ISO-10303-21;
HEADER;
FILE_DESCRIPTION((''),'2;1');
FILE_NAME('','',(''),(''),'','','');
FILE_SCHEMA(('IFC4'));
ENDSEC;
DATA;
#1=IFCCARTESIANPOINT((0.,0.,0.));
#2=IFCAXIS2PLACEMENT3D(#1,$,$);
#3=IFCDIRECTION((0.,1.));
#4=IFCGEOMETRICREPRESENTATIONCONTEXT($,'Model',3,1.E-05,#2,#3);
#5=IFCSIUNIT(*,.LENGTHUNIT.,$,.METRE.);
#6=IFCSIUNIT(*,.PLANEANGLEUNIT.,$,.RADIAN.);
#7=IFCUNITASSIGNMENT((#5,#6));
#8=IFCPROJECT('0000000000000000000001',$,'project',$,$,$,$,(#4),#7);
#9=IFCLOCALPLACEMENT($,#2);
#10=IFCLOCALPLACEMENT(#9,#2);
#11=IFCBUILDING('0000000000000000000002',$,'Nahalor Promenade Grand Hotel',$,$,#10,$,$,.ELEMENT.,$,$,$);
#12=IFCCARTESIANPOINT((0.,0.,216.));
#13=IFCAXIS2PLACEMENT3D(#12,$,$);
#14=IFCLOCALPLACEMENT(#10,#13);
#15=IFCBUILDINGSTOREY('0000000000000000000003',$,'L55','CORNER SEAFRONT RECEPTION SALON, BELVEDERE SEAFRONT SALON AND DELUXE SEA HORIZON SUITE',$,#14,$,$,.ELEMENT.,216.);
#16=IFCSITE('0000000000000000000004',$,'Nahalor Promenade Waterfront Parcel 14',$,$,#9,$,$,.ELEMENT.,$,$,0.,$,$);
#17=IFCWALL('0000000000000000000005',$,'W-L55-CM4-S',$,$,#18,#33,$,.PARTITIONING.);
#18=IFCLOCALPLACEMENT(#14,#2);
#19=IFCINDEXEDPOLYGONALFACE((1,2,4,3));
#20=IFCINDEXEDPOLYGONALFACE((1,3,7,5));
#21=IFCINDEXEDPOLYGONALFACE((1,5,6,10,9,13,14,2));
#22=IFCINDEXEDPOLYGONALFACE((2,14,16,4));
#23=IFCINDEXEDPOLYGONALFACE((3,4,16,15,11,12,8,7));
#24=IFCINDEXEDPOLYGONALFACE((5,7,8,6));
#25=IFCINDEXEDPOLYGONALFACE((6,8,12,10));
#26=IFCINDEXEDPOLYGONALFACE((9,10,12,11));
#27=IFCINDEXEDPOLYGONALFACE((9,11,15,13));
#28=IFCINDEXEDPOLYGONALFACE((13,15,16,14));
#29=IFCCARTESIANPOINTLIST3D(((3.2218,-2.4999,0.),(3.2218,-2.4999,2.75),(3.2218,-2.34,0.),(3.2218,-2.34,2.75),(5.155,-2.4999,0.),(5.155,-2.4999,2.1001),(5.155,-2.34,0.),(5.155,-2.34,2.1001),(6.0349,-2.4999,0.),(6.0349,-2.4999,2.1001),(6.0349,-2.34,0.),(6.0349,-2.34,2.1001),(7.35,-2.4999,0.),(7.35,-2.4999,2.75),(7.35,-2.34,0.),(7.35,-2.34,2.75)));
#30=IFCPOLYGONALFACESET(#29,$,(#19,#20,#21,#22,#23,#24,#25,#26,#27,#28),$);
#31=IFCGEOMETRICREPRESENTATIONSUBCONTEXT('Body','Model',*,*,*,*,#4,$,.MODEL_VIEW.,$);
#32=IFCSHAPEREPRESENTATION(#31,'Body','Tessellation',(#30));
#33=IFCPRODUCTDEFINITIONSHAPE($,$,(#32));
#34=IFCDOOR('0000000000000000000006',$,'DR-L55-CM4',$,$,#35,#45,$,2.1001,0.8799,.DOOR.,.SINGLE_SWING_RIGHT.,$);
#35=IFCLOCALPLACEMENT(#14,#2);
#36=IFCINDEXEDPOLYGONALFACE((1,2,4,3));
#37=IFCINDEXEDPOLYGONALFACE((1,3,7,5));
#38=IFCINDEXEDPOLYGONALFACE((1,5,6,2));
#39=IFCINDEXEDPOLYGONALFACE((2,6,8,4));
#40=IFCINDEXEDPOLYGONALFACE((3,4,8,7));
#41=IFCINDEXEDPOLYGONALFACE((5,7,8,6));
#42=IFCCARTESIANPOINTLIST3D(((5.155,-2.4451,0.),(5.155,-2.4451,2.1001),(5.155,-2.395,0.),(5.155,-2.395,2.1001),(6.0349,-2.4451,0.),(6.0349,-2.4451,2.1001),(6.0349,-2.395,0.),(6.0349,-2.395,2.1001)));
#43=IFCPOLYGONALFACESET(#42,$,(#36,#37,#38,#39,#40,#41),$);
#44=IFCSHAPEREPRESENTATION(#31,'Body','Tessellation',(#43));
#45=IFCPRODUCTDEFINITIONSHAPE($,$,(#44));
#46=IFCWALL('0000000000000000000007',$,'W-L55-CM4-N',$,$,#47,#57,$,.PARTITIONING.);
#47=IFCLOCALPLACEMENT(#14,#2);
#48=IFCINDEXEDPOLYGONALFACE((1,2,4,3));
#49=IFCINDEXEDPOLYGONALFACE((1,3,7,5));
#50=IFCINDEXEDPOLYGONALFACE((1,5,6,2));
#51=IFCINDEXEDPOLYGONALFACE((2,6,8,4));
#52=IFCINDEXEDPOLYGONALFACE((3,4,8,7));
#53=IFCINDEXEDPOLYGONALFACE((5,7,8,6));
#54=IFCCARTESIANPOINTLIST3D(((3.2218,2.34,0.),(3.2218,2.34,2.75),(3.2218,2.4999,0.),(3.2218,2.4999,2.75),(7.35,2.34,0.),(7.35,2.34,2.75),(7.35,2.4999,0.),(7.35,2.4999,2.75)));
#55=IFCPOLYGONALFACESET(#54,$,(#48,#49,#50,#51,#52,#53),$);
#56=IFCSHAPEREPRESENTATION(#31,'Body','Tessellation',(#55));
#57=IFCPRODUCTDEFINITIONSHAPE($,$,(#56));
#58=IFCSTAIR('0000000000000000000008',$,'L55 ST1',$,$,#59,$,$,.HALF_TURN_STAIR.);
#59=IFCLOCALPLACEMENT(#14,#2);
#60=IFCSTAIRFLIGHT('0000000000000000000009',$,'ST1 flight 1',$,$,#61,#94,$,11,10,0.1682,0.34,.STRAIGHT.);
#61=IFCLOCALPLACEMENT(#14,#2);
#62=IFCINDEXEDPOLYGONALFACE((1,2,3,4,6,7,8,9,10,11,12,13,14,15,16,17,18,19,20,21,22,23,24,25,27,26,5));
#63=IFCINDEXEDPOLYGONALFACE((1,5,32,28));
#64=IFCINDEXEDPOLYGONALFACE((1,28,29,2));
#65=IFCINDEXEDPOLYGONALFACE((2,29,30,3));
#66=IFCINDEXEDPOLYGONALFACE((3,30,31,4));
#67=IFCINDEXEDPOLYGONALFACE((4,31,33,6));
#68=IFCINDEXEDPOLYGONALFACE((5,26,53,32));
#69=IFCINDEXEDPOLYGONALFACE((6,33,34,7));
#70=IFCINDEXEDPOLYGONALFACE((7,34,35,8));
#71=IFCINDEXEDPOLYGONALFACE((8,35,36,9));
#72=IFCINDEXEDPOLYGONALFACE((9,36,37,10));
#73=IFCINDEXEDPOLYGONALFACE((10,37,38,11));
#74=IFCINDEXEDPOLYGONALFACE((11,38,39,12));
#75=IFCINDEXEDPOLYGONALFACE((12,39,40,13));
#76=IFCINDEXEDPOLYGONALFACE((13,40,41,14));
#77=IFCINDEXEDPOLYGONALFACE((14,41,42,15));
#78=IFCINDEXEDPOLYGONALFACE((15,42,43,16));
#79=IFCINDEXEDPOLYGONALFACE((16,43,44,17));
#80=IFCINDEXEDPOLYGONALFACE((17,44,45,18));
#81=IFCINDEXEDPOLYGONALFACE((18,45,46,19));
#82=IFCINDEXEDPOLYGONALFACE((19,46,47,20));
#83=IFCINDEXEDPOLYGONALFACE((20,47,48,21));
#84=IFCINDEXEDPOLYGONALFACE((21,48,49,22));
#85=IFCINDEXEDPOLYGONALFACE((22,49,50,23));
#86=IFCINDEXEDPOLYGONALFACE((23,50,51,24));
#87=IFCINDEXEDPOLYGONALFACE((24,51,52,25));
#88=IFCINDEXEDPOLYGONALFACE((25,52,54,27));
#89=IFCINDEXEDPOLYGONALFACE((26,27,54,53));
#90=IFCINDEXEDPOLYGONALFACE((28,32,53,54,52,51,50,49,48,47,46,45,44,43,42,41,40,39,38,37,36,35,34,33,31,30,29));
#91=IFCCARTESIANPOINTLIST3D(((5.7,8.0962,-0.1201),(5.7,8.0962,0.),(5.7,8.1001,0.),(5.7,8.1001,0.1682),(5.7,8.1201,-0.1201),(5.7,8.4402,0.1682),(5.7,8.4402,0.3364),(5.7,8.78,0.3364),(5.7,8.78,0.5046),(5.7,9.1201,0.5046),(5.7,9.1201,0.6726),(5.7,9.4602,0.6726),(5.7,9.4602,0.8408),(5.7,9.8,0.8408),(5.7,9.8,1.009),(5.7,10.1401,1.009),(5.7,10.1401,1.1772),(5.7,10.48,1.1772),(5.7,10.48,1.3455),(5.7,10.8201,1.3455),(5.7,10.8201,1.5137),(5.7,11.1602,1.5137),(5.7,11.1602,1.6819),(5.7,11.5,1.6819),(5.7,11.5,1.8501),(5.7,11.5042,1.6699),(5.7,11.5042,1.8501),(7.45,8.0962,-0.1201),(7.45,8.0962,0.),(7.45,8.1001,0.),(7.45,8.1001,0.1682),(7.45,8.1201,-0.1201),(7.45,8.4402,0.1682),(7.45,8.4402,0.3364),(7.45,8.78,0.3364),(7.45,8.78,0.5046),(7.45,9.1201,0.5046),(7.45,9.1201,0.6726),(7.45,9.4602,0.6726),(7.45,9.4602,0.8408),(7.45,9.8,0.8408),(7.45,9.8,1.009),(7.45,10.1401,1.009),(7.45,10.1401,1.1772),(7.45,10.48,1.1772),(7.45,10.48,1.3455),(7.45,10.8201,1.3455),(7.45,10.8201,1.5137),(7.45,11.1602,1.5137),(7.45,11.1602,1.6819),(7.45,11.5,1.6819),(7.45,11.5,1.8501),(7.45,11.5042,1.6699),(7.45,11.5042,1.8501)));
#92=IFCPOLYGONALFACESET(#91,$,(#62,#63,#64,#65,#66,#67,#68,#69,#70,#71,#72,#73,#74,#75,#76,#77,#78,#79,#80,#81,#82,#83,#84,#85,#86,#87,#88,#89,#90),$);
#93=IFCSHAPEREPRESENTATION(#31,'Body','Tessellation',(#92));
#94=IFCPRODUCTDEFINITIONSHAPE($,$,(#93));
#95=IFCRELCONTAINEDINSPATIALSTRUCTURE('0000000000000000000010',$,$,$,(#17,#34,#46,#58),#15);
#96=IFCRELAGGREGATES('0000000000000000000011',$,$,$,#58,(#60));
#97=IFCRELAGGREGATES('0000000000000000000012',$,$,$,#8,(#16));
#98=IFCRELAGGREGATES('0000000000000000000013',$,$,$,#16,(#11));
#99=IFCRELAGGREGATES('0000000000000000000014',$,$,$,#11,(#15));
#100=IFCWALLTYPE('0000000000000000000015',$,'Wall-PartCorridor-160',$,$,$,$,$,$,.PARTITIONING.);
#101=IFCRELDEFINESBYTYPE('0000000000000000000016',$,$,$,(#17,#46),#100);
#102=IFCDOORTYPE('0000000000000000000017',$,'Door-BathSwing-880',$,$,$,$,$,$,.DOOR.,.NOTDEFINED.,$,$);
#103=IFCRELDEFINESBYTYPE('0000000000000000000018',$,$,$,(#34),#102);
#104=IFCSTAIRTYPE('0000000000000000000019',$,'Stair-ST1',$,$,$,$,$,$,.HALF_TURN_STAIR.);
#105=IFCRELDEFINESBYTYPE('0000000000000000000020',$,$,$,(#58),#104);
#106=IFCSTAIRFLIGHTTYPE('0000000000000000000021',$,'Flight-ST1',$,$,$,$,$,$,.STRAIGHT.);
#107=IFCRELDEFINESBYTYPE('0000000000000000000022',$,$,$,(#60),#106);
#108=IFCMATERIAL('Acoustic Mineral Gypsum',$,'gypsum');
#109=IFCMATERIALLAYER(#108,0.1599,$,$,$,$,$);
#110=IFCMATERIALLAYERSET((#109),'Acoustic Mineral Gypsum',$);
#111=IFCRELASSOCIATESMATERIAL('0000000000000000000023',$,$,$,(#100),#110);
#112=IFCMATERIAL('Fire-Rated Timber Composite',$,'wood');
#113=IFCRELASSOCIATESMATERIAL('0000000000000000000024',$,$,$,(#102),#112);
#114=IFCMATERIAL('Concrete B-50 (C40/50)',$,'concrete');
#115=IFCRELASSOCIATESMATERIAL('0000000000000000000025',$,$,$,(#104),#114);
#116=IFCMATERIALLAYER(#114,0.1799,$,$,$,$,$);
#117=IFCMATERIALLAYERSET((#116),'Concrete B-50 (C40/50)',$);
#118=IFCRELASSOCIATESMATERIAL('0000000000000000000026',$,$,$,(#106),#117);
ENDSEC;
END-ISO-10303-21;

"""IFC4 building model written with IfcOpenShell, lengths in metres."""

from ifc_helpers import new_model, si_unit, direction, frame, frame_2d, origin, place, context, subcontext, project, spatial, polyline, rectangle, outline, extrude, source, transform, mapped, material, layer, layer_set, type_object, element, fill, aggregate, save


model = new_model("IFC4")

# Units and contexts
model_context = context("Model", 3, precision=1e-05, world=origin(), true_north=direction((0.0, 1.0)))
body_context = subcontext(model_context, "Body", "Model", "MODEL_VIEW")
ifc_project = project(units=[si_unit("LENGTHUNIT", "METRE"), si_unit("PLANEANGLEUNIT", "RADIAN")], contexts=[model_context])

# Site, building, storey
site_placement = place(None, origin())
site = spatial("IfcSite", under=ifc_project, at=site_placement, Name="Nahalor Promenade Waterfront Parcel 14", CompositionType="ELEMENT", RefElevation=0.0)
building_placement = place(site_placement, origin())
building = spatial("IfcBuilding", under=site, at=building_placement, Name="Nahalor Promenade Grand Hotel", CompositionType="ELEMENT")
storey_placement = place(building_placement, frame((0.0, 0.0, 216.0)))
storey = spatial("IfcBuildingStorey", under=building, at=storey_placement, Name="L55", Description="CORNER SEAFRONT RECEPTION SALON, BELVEDERE SEAFRONT SALON AND DELUXE SEA HORIZON SUITE", CompositionType="ELEMENT", Elevation=216.0)

# Shared definitions
ifc_material_1 = material(Name="Concrete B-50 (C40/50)", Category="concrete")

# Shared definitions
ifc_material_2 = material(Name="Acoustic Mineral Gypsum", Category="gypsum")
ifc_layer_1 = layer(ifc_material_2, 0.1599)
ifc_layer_set_1 = layer_set([ifc_layer_1], Name="Acoustic Mineral Gypsum")
wall_type_1 = type_object("IfcWallType", Name="Wall-PartCorridor-160", PredefinedType="PARTITIONING", material=ifc_layer_set_1)

# Wall, opening, door
shared_shape_1 = source(origin(), body_context, "Body", "SweptSolid", [
    extrude(rectangle(XDim=4.1282, YDim=0.1599, at=frame_2d((2.064, 0.0))), origin(), (0.0, 0.0, 1.0), 2.75),
])
wall_1_placement = place(storey_placement, frame((3.2219, -2.4199, 0.0), z_axis=(0.0, 0.0, 1.0), x_axis=(1.0, 0.0, 0.0)))
wall_1 = element("IfcWall", 1, at=wall_1_placement, inside=storey, type_object=wall_type_1, Name="W-L55-CM4-S", PredefinedType="PARTITIONING", context=body_context, shape_type="MappedRepresentation", body=[
    mapped(shared_shape_1, transform((0.0, 0.0, 0.0), scale=1.0)),
])
opening_1_placement = place(wall_1_placement, frame((1.9331, 0.0, 0.0)))
opening_1 = element("IfcOpeningElement", 2, at=opening_1_placement, cuts=wall_1, PredefinedType="OPENING", context=body_context, shape_type="SweptSolid", body=[
    extrude(rectangle(XDim=0.8799, YDim=2.1001, at=frame_2d((0.4399, 1.05))), frame((0.0, 0.0898, 0.0), z_axis=(0.0, -1.0, 0.0), x_axis=(1.0, 0.0, 0.0)), (0.0, 0.0, 1.0), 0.1799),
])
ifc_material_3 = material(Name="Fire-Rated Timber Composite", Category="wood")
door_type_1 = type_object("IfcDoorType", Name="Door-BathSwing-880", OperationType="NOTDEFINED", PredefinedType="DOOR", material=ifc_material_3)
shared_shape_2 = source(origin(), body_context, "Body", "SweptSolid", [
    extrude(rectangle(XDim=0.8799, YDim=2.1001, at=frame_2d((0.4399, 1.05))), frame((0.0, 0.0249, 0.0), z_axis=(0.0, -1.0, 0.0), x_axis=(1.0, 0.0, 0.0)), (0.0, 0.0, 1.0), 0.05),
])
door_1_placement = place(opening_1_placement, origin())
door_1 = element("IfcDoor", 3, at=door_1_placement, inside=storey, type_object=door_type_1, Name="DR-L55-CM4", OperationType="SINGLE_SWING_RIGHT", OverallHeight=2.1001, OverallWidth=0.8799, PredefinedType="DOOR", context=body_context, shape_type="MappedRepresentation", body=[
    mapped(shared_shape_2, transform((0.0, 0.0, 0.0), scale=1.0)),
])
fill(opening_1, door_1)

# Wall
wall_2_placement = place(storey_placement, frame((3.2219, 2.4199, 0.0), z_axis=(0.0, 0.0, 1.0), x_axis=(1.0, 0.0, 0.0)))
element("IfcWall", 4, at=wall_2_placement, inside=storey, type_object=wall_type_1, Name="W-L55-CM4-N", PredefinedType="PARTITIONING", context=body_context, shape_type="MappedRepresentation", body=[
    mapped(shared_shape_1, transform((0.0, 0.0, 0.0), scale=1.0)),
])

# Stair, stair flight
stair_type = type_object("IfcStairType", Name="Stair-ST1", PredefinedType="HALF_TURN_STAIR", material=ifc_material_1)
stair_placement = place(storey_placement, origin())
stair = element("IfcStair", 5, at=stair_placement, inside=storey, type_object=stair_type, Name="L55 ST1", PredefinedType="HALF_TURN_STAIR")
ifc_layer_2 = layer(ifc_material_1, 0.1799)
ifc_layer_set_2 = layer_set([ifc_layer_2], Name="Concrete B-50 (C40/50)")
stair_flight_type = type_object("IfcStairFlightType", Name="Flight-ST1", PredefinedType="STRAIGHT", material=ifc_layer_set_2)
shared_shape_3 = source(origin(), body_context, "Body", "SweptSolid", [
    extrude(outline(polyline([(-0.0039, -0.1201), (-0.0039, 0.0), (0.0, 0.0), (0.0, 0.1682), (0.3401, 0.1682), (0.3401, 0.3364), (0.6799, 0.3364), (0.6799, 0.5046), (1.02, 0.5046), (1.02, 0.6726), (1.3601, 0.6726), (1.3601, 0.8408), (1.7, 0.8408), (1.7, 1.009), (2.04, 1.009), (2.04, 1.1772), (2.3799, 1.1772), (2.3799, 1.3455), (2.72, 1.3455), (2.72, 1.5137), (3.0601, 1.5137), (3.0601, 1.6819), (3.3999, 1.6819), (3.3999, 1.8501), (3.4041, 1.8501), (3.4041, 1.6699), (0.02, -0.1201), (-0.0039, -0.1201)])), frame((0.0, 0.875, 0.0), z_axis=(0.0, -1.0, 0.0), x_axis=(1.0, 0.0, 0.0)), (0.0, 0.0, 1.0), 1.75),
])
stair_flight_placement = place(storey_placement, frame((6.575, 8.1001, 0.0), z_axis=(0.0, 0.0, 1.0), x_axis=(0.0, 1.0, 0.0)))
stair_flight = element("IfcStairFlight", 6, at=stair_flight_placement, type_object=stair_flight_type, Name="ST1 flight 1", NumberOfRisers=11, NumberOfTreads=10, PredefinedType="STRAIGHT", RiserHeight=0.1682, TreadLength=0.34, context=body_context, shape_type="MappedRepresentation", body=[
    mapped(shared_shape_3, transform((0.0, 0.0, 0.0), scale=1.0)),
])
aggregate(stair, [stair_flight])

save(model, "model.ifc")
